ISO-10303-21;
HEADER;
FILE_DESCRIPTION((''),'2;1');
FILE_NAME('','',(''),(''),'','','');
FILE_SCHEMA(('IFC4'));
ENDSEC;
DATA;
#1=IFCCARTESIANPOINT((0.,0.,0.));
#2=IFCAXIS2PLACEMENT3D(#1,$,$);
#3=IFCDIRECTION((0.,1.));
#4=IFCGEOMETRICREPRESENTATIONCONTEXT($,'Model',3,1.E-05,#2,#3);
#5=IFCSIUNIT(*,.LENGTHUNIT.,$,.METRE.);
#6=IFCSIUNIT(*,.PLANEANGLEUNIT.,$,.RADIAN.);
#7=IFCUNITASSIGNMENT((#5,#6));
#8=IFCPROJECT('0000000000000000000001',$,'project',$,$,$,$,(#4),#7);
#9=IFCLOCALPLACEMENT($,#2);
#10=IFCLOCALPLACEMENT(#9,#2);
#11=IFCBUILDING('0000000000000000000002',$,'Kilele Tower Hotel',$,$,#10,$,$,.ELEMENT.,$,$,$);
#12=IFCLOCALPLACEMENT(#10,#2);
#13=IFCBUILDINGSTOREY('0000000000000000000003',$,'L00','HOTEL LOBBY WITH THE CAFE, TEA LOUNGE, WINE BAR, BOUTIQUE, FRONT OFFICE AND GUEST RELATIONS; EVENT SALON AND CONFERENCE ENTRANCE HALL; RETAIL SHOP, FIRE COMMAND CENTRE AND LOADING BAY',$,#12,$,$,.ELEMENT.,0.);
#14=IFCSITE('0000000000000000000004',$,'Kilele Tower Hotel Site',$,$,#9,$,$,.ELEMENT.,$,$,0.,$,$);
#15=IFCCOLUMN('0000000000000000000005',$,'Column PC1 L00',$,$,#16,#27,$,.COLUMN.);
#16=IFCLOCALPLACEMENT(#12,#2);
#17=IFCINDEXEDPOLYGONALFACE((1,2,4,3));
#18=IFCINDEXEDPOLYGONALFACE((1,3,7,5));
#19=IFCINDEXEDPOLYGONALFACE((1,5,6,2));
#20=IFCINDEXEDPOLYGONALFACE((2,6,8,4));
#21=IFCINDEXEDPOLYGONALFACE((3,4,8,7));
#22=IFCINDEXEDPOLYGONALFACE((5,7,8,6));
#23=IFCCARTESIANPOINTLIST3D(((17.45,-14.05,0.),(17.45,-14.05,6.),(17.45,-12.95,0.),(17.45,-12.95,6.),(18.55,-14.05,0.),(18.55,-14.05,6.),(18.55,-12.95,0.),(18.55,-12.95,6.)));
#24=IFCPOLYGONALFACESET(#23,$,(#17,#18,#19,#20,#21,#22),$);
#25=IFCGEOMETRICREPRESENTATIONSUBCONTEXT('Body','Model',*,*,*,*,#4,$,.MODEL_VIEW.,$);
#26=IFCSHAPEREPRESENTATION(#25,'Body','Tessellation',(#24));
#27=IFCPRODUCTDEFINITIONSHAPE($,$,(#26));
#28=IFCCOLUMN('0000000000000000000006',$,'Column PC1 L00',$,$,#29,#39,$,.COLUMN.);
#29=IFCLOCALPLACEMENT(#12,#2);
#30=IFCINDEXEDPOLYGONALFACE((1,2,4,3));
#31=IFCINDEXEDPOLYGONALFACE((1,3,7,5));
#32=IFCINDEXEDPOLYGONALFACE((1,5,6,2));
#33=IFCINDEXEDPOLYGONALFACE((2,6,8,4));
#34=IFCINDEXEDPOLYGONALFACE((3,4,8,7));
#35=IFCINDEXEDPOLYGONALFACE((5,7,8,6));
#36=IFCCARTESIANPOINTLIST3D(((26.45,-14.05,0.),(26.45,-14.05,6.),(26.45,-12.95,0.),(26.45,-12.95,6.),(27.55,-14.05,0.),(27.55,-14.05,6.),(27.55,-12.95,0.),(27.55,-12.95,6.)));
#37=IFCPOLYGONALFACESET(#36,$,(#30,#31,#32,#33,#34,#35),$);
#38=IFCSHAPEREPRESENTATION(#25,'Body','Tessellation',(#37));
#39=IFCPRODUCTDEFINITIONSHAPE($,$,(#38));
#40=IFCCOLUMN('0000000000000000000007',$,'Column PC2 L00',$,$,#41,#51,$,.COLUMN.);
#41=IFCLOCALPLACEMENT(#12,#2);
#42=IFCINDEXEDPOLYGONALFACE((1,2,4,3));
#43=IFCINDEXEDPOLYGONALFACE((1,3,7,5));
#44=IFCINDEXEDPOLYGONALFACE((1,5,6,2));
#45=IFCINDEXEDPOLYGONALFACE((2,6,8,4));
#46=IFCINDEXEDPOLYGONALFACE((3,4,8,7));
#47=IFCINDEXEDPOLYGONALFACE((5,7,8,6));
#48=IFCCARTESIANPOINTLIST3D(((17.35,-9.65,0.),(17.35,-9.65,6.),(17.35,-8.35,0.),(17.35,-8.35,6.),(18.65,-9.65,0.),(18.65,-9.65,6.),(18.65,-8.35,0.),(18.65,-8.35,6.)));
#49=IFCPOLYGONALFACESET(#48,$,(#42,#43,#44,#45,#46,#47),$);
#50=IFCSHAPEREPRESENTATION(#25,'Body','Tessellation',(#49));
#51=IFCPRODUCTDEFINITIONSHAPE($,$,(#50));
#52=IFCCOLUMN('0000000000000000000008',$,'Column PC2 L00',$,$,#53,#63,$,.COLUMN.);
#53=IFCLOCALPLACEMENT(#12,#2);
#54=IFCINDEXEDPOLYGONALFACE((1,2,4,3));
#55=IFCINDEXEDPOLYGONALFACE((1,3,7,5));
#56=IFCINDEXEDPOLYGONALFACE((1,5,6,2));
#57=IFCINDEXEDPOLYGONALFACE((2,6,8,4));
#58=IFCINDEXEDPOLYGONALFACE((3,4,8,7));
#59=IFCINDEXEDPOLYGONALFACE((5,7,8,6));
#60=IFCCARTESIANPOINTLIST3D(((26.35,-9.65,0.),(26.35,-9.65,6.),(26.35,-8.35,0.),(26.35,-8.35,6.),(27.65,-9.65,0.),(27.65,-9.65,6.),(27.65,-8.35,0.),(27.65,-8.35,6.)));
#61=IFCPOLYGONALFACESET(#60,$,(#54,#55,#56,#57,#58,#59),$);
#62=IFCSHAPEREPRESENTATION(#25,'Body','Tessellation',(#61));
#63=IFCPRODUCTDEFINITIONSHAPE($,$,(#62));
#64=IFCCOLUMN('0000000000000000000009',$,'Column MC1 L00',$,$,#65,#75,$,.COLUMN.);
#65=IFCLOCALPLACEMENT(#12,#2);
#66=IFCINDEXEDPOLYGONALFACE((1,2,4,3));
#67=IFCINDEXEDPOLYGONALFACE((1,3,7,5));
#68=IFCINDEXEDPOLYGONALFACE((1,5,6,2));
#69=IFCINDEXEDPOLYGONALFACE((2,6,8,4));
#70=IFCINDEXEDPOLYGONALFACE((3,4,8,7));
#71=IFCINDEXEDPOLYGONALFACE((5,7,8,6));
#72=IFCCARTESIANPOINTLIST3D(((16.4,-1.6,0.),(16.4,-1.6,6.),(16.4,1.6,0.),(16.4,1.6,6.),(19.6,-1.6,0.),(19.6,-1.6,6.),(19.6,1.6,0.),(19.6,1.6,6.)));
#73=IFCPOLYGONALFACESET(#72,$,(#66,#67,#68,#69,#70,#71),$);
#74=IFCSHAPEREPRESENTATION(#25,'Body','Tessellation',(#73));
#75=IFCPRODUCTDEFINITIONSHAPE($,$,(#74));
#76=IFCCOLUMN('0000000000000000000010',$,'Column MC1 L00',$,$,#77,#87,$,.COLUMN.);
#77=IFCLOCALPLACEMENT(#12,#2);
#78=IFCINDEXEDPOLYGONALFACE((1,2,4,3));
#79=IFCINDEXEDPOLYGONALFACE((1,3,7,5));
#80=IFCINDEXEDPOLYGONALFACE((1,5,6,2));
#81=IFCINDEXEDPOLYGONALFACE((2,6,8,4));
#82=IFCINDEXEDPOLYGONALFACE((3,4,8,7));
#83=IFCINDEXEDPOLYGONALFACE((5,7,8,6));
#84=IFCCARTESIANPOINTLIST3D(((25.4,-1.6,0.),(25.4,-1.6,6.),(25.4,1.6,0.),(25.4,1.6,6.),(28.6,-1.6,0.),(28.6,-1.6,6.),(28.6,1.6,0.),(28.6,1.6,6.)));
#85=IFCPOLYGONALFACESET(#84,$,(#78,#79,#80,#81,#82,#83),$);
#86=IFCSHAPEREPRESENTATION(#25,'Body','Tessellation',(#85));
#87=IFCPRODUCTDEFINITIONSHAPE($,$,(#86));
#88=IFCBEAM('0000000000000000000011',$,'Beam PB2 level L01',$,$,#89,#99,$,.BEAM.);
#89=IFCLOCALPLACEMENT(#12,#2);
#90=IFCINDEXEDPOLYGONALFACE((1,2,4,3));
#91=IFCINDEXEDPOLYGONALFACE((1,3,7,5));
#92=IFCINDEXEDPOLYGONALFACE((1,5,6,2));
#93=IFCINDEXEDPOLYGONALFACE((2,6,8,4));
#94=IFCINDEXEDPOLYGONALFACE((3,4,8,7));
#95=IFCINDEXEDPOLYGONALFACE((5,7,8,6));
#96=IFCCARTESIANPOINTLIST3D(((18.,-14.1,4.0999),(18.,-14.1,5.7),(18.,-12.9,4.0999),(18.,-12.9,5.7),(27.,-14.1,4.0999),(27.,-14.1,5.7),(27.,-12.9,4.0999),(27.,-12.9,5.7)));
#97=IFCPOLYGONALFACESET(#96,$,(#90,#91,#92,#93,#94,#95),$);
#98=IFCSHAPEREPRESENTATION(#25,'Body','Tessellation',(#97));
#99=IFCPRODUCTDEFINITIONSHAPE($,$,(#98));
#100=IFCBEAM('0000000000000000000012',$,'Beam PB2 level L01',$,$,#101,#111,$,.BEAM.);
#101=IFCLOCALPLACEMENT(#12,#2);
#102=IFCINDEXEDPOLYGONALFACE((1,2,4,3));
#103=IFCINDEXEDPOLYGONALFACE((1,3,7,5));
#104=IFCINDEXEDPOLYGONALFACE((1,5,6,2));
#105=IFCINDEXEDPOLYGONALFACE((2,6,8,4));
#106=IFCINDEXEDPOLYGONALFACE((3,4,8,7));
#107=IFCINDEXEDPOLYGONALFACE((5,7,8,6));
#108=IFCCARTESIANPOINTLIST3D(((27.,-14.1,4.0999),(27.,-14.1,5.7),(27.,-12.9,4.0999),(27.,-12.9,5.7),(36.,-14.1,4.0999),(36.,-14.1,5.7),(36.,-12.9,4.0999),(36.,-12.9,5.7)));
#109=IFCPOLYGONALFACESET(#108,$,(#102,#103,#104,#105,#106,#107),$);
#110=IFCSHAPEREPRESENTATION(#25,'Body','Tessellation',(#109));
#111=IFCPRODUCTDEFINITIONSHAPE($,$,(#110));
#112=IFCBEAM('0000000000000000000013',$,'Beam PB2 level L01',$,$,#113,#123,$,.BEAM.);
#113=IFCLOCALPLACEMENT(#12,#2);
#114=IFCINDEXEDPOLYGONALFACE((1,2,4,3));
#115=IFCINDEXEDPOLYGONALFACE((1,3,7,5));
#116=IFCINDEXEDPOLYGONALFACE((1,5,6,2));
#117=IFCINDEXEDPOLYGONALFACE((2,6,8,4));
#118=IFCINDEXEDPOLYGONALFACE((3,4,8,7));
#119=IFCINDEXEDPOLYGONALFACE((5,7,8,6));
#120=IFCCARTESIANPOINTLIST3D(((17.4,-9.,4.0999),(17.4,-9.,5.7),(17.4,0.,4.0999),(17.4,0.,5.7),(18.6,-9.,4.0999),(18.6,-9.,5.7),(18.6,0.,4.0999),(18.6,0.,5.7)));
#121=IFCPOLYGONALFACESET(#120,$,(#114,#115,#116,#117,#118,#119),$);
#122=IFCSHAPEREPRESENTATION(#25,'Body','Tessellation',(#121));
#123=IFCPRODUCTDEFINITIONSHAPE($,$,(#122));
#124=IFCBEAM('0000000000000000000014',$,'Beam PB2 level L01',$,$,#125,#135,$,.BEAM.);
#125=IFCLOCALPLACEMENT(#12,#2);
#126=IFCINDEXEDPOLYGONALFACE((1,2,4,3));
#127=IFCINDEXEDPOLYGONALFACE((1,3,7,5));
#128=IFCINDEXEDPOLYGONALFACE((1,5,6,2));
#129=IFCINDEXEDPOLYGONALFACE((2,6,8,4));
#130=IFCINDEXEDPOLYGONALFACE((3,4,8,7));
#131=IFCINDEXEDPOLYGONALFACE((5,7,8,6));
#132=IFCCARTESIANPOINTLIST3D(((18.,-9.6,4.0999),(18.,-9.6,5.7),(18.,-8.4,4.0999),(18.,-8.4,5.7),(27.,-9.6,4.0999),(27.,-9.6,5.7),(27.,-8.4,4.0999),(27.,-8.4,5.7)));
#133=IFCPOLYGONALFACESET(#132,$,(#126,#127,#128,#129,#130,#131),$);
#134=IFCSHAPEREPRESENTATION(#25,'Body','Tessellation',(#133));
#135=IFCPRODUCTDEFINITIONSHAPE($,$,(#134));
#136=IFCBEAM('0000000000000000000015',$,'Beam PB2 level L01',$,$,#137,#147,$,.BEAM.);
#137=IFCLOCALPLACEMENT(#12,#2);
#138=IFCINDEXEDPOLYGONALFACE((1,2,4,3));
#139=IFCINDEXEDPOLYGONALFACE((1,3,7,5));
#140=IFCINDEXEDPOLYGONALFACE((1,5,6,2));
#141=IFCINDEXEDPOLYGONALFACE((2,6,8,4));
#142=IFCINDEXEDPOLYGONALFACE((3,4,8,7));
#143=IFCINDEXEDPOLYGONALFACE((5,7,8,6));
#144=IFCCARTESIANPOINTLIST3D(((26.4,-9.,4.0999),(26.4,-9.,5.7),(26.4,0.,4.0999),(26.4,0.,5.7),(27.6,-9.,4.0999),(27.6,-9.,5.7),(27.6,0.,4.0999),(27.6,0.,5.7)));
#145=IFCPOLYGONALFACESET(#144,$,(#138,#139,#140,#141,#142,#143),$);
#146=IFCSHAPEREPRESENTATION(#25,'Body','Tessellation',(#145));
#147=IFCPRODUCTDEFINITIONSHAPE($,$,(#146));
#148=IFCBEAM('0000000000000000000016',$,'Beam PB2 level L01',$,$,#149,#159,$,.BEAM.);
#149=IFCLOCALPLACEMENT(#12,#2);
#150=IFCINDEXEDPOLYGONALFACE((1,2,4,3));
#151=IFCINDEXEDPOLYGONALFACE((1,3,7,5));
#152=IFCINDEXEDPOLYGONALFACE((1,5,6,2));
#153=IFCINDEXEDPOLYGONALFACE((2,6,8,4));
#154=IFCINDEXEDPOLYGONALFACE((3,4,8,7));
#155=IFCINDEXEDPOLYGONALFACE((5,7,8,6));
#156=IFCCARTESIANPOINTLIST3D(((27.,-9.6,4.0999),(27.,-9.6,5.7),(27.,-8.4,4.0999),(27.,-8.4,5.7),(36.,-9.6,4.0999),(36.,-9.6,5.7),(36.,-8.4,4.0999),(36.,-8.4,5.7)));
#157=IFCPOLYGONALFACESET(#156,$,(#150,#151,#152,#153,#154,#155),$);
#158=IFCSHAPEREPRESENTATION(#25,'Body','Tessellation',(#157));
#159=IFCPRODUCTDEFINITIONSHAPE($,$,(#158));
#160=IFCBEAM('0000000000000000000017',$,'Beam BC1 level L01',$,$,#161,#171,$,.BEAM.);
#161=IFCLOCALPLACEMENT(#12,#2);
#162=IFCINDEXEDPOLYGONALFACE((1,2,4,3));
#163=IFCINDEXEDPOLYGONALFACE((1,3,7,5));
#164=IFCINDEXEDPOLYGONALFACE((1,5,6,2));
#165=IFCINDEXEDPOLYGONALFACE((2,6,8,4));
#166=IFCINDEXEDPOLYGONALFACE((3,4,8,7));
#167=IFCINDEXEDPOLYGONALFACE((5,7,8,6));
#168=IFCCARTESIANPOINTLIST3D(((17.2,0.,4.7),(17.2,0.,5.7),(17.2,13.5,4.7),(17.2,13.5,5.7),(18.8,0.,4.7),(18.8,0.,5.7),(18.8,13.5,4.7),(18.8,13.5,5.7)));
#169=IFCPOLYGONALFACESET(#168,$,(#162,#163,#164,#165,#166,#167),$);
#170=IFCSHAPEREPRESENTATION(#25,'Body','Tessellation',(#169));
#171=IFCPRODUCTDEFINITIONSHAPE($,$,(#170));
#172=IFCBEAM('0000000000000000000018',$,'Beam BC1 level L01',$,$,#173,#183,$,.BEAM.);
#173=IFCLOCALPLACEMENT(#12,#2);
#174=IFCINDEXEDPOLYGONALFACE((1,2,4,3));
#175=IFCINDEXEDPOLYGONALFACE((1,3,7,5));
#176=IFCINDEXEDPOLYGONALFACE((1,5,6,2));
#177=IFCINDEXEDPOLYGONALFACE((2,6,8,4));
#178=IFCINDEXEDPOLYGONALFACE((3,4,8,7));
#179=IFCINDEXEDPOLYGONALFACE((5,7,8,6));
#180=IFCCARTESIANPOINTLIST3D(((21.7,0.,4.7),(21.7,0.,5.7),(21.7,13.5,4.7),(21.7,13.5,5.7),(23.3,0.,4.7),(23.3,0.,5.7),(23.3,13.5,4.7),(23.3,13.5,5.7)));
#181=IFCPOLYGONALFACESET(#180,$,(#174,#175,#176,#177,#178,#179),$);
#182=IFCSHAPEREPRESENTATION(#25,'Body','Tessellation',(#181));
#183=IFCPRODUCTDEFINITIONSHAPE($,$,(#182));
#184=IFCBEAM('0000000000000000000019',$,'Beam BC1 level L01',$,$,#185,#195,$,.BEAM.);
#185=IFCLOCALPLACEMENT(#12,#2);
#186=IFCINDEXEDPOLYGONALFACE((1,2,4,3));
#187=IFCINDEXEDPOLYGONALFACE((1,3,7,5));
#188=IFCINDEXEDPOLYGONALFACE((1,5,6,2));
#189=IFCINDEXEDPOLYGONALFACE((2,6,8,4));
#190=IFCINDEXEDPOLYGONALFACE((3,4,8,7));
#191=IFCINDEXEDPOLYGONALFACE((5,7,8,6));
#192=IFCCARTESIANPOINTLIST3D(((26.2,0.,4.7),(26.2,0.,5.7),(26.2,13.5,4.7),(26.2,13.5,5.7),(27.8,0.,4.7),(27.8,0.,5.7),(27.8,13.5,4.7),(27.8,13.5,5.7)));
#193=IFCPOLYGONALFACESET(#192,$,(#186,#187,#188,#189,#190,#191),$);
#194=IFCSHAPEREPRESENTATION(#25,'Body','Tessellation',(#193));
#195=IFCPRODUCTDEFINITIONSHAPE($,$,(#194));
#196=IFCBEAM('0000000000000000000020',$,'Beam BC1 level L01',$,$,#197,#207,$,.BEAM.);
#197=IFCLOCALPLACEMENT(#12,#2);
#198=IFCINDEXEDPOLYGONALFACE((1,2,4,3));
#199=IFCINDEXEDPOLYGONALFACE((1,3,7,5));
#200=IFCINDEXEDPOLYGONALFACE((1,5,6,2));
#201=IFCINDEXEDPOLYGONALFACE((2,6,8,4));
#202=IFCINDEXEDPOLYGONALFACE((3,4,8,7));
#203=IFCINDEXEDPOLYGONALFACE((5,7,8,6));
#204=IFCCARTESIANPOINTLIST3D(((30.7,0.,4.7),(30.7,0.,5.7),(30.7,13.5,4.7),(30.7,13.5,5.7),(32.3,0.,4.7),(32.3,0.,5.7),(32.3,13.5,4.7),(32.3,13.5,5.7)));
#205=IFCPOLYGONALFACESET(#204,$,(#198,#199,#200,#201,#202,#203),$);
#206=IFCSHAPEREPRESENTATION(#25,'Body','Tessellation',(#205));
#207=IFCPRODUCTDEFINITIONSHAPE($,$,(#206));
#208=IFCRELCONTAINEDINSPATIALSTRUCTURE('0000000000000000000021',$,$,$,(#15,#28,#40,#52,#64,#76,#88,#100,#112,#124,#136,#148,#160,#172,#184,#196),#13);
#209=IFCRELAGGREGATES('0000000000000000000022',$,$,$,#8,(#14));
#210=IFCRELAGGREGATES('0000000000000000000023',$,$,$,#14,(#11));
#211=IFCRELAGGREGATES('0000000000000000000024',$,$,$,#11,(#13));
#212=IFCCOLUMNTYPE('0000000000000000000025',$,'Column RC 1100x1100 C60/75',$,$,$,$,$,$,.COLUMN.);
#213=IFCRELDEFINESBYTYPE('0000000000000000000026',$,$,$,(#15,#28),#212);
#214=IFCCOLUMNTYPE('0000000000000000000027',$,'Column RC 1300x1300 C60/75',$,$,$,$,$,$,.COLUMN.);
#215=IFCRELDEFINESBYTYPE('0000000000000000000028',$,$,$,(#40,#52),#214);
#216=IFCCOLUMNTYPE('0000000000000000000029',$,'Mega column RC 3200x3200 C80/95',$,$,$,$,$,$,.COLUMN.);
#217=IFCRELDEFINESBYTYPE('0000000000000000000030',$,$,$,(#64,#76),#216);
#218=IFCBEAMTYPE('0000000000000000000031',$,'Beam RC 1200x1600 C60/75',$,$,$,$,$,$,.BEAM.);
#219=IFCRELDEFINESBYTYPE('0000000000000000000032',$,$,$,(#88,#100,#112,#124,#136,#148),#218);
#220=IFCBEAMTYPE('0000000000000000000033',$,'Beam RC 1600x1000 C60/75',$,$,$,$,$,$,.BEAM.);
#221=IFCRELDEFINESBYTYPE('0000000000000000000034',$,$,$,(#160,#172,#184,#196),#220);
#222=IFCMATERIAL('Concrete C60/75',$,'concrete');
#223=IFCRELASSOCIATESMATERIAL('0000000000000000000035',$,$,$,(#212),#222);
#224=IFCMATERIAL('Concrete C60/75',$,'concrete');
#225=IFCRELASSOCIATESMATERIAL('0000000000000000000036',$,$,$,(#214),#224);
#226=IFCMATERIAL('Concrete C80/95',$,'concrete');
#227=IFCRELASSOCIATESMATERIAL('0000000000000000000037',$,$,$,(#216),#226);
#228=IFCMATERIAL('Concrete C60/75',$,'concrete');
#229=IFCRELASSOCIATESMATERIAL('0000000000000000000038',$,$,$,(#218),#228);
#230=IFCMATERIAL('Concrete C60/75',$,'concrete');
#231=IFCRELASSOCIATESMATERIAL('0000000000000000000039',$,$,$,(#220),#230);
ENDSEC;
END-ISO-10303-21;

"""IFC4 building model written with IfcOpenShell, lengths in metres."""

from ifc_helpers import new_model, si_unit, direction, frame, origin, origin_2d, place, context, subcontext, project, spatial, rectangle, extrude, material, material_profile, profile_set, type_object, element, save


model = new_model("IFC4")

# Units and contexts
model_context = context("Model", 3, precision=1e-05, world=origin(), true_north=direction((0.0, 1.0)))
body_context = subcontext(model_context, "Body", "Model", "MODEL_VIEW")
ifc_project = project(units=[si_unit("LENGTHUNIT", "METRE"), si_unit("PLANEANGLEUNIT", "RADIAN")], contexts=[model_context])

# Site, building, storey
site_placement = place(None, origin())
site = spatial("IfcSite", under=ifc_project, at=site_placement, Name="Kilele Tower Hotel Site", CompositionType="ELEMENT", RefElevation=0.0)
building_placement = place(site_placement, origin())
building = spatial("IfcBuilding", under=site, at=building_placement, Name="Kilele Tower Hotel", CompositionType="ELEMENT")
storey_placement = place(building_placement, origin())
storey = spatial("IfcBuildingStorey", under=building, at=storey_placement, Name="L00", Description="HOTEL LOBBY WITH THE CAFE, TEA LOUNGE, WINE BAR, BOUTIQUE, FRONT OFFICE AND GUEST RELATIONS; EVENT SALON AND CONFERENCE ENTRANCE HALL; RETAIL SHOP, FIRE COMMAND CENTRE AND LOADING BAY", CompositionType="ELEMENT", Elevation=0.0)

# Columns
ifc_material_1 = material(Name="Concrete C60/75", Category="concrete")
ifc_material_profile_1 = material_profile(ifc_material_1, rectangle(XDim=1.1001, YDim=1.1001, at=origin_2d()))
ifc_profile_set_1 = profile_set([ifc_material_profile_1], Name="Concrete C60/75")
column_type_1 = type_object("IfcColumnType", Name="Column RC 1100x1100 C60/75", PredefinedType="COLUMN", material=ifc_profile_set_1)
for number, where, z_axis, x_axis, name in (
    (1, (18.0, -13.5, 0.0), (0.0, 0.0, 1.0), (1.0, 0.0, 0.0), "Column PC1 L00"),
    (2, (27.0, -13.5, 0.0), (0.0, 0.0, 1.0), (1.0, 0.0, 0.0), "Column PC1 L00"),
):
    element("IfcColumn", number, at=place(storey_placement, frame(where, z_axis=z_axis, x_axis=x_axis)), inside=storey, type_object=column_type_1, Name=name, PredefinedType="COLUMN", context=body_context, shape_type="SweptSolid", body=[
        extrude(rectangle(XDim=1.1001, YDim=1.1001, at=origin_2d()), origin(), (0.0, 0.0, 1.0), 6.0),
    ])
ifc_material_2 = material(Name="Concrete C60/75", Category="concrete")
ifc_material_profile_2 = material_profile(ifc_material_2, rectangle(XDim=1.3, YDim=1.3, at=origin_2d()))
ifc_profile_set_2 = profile_set([ifc_material_profile_2], Name="Concrete C60/75")
column_type_2 = type_object("IfcColumnType", Name="Column RC 1300x1300 C60/75", PredefinedType="COLUMN", material=ifc_profile_set_2)
for number, where, z_axis, x_axis, name in (
    (3, (18.0, -9.0, 0.0), (0.0, 0.0, 1.0), (1.0, 0.0, 0.0), "Column PC2 L00"),
    (4, (27.0, -9.0, 0.0), (0.0, 0.0, 1.0), (1.0, 0.0, 0.0), "Column PC2 L00"),
):
    element("IfcColumn", number, at=place(storey_placement, frame(where, z_axis=z_axis, x_axis=x_axis)), inside=storey, type_object=column_type_2, Name=name, PredefinedType="COLUMN", context=body_context, shape_type="SweptSolid", body=[
        extrude(rectangle(XDim=1.3, YDim=1.3, at=origin_2d()), origin(), (0.0, 0.0, 1.0), 6.0),
    ])
ifc_material_3 = material(Name="Concrete C80/95", Category="concrete")
ifc_material_profile_3 = material_profile(ifc_material_3, rectangle(XDim=3.2, YDim=3.2, at=origin_2d()))
ifc_profile_set_3 = profile_set([ifc_material_profile_3], Name="Concrete C80/95")
column_type_3 = type_object("IfcColumnType", Name="Mega column RC 3200x3200 C80/95", PredefinedType="COLUMN", material=ifc_profile_set_3)
for number, where, z_axis, x_axis, name in (
    (5, (18.0, 0.0, 0.0), (0.0, 0.0, 1.0), (1.0, 0.0, 0.0), "Column MC1 L00"),
    (6, (27.0, 0.0, 0.0), (0.0, 0.0, 1.0), (1.0, 0.0, 0.0), "Column MC1 L00"),
):
    element("IfcColumn", number, at=place(storey_placement, frame(where, z_axis=z_axis, x_axis=x_axis)), inside=storey, type_object=column_type_3, Name=name, PredefinedType="COLUMN", context=body_context, shape_type="SweptSolid", body=[
        extrude(rectangle(XDim=3.2, YDim=3.2, at=origin_2d()), origin(), (0.0, 0.0, 1.0), 6.0),
    ])

# Beams
ifc_material_4 = material(Name="Concrete C60/75", Category="concrete")
ifc_material_profile_4 = material_profile(ifc_material_4, rectangle(XDim=1.2, YDim=1.6001, at=origin_2d()))
ifc_profile_set_4 = profile_set([ifc_material_profile_4], Name="Concrete C60/75")
beam_type_1 = type_object("IfcBeamType", Name="Beam RC 1200x1600 C60/75", PredefinedType="BEAM", material=ifc_profile_set_4)
for number, where, z_axis, x_axis, name in (
    (7, (18.0, -13.5, 4.8999), (1.0, 0.0, 0.0), (0.0, 1.0, 0.0), "Beam PB2 level L01"),
    (8, (27.0, -13.5, 4.8999), (1.0, 0.0, 0.0), (0.0, 1.0, 0.0), "Beam PB2 level L01"),
    (9, (18.0, -9.0, 4.8999), (0.0, 1.0, 0.0), (-1.0, 0.0, 0.0), "Beam PB2 level L01"),
    (10, (18.0, -9.0, 4.8999), (1.0, 0.0, 0.0), (0.0, 1.0, 0.0), "Beam PB2 level L01"),
    (11, (27.0, -9.0, 4.8999), (0.0, 1.0, 0.0), (-1.0, 0.0, 0.0), "Beam PB2 level L01"),
    (12, (27.0, -9.0, 4.8999), (1.0, 0.0, 0.0), (0.0, 1.0, 0.0), "Beam PB2 level L01"),
):
    element("IfcBeam", number, at=place(storey_placement, frame(where, z_axis=z_axis, x_axis=x_axis)), inside=storey, type_object=beam_type_1, Name=name, PredefinedType="BEAM", context=body_context, shape_type="SweptSolid", body=[
        extrude(rectangle(XDim=1.2, YDim=1.6001, at=origin_2d()), origin(), (0.0, 0.0, 1.0), 9.0),
    ])
ifc_material_5 = material(Name="Concrete C60/75", Category="concrete")
ifc_material_profile_5 = material_profile(ifc_material_5, rectangle(XDim=1.6001, YDim=1.0, at=origin_2d()))
ifc_profile_set_5 = profile_set([ifc_material_profile_5], Name="Concrete C60/75")
beam_type_2 = type_object("IfcBeamType", Name="Beam RC 1600x1000 C60/75", PredefinedType="BEAM", material=ifc_profile_set_5)
for number, where, z_axis, x_axis, name in (
    (13, (18.0, 0.0, 5.2), (0.0, 1.0, 0.0), (-1.0, 0.0, 0.0), "Beam BC1 level L01"),
    (14, (22.5, 0.0, 5.2), (0.0, 1.0, 0.0), (-1.0, 0.0, 0.0), "Beam BC1 level L01"),
    (15, (27.0, 0.0, 5.2), (0.0, 1.0, 0.0), (-1.0, 0.0, 0.0), "Beam BC1 level L01"),
    (16, (31.5, 0.0, 5.2), (0.0, 1.0, 0.0), (-1.0, 0.0, 0.0), "Beam BC1 level L01"),
):
    element("IfcBeam", number, at=place(storey_placement, frame(where, z_axis=z_axis, x_axis=x_axis)), inside=storey, type_object=beam_type_2, Name=name, PredefinedType="BEAM", context=body_context, shape_type="SweptSolid", body=[
        extrude(rectangle(XDim=1.6001, YDim=1.0, at=origin_2d()), origin(), (0.0, 0.0, 1.0), 13.5),
    ])

save(model, "model.ifc")
